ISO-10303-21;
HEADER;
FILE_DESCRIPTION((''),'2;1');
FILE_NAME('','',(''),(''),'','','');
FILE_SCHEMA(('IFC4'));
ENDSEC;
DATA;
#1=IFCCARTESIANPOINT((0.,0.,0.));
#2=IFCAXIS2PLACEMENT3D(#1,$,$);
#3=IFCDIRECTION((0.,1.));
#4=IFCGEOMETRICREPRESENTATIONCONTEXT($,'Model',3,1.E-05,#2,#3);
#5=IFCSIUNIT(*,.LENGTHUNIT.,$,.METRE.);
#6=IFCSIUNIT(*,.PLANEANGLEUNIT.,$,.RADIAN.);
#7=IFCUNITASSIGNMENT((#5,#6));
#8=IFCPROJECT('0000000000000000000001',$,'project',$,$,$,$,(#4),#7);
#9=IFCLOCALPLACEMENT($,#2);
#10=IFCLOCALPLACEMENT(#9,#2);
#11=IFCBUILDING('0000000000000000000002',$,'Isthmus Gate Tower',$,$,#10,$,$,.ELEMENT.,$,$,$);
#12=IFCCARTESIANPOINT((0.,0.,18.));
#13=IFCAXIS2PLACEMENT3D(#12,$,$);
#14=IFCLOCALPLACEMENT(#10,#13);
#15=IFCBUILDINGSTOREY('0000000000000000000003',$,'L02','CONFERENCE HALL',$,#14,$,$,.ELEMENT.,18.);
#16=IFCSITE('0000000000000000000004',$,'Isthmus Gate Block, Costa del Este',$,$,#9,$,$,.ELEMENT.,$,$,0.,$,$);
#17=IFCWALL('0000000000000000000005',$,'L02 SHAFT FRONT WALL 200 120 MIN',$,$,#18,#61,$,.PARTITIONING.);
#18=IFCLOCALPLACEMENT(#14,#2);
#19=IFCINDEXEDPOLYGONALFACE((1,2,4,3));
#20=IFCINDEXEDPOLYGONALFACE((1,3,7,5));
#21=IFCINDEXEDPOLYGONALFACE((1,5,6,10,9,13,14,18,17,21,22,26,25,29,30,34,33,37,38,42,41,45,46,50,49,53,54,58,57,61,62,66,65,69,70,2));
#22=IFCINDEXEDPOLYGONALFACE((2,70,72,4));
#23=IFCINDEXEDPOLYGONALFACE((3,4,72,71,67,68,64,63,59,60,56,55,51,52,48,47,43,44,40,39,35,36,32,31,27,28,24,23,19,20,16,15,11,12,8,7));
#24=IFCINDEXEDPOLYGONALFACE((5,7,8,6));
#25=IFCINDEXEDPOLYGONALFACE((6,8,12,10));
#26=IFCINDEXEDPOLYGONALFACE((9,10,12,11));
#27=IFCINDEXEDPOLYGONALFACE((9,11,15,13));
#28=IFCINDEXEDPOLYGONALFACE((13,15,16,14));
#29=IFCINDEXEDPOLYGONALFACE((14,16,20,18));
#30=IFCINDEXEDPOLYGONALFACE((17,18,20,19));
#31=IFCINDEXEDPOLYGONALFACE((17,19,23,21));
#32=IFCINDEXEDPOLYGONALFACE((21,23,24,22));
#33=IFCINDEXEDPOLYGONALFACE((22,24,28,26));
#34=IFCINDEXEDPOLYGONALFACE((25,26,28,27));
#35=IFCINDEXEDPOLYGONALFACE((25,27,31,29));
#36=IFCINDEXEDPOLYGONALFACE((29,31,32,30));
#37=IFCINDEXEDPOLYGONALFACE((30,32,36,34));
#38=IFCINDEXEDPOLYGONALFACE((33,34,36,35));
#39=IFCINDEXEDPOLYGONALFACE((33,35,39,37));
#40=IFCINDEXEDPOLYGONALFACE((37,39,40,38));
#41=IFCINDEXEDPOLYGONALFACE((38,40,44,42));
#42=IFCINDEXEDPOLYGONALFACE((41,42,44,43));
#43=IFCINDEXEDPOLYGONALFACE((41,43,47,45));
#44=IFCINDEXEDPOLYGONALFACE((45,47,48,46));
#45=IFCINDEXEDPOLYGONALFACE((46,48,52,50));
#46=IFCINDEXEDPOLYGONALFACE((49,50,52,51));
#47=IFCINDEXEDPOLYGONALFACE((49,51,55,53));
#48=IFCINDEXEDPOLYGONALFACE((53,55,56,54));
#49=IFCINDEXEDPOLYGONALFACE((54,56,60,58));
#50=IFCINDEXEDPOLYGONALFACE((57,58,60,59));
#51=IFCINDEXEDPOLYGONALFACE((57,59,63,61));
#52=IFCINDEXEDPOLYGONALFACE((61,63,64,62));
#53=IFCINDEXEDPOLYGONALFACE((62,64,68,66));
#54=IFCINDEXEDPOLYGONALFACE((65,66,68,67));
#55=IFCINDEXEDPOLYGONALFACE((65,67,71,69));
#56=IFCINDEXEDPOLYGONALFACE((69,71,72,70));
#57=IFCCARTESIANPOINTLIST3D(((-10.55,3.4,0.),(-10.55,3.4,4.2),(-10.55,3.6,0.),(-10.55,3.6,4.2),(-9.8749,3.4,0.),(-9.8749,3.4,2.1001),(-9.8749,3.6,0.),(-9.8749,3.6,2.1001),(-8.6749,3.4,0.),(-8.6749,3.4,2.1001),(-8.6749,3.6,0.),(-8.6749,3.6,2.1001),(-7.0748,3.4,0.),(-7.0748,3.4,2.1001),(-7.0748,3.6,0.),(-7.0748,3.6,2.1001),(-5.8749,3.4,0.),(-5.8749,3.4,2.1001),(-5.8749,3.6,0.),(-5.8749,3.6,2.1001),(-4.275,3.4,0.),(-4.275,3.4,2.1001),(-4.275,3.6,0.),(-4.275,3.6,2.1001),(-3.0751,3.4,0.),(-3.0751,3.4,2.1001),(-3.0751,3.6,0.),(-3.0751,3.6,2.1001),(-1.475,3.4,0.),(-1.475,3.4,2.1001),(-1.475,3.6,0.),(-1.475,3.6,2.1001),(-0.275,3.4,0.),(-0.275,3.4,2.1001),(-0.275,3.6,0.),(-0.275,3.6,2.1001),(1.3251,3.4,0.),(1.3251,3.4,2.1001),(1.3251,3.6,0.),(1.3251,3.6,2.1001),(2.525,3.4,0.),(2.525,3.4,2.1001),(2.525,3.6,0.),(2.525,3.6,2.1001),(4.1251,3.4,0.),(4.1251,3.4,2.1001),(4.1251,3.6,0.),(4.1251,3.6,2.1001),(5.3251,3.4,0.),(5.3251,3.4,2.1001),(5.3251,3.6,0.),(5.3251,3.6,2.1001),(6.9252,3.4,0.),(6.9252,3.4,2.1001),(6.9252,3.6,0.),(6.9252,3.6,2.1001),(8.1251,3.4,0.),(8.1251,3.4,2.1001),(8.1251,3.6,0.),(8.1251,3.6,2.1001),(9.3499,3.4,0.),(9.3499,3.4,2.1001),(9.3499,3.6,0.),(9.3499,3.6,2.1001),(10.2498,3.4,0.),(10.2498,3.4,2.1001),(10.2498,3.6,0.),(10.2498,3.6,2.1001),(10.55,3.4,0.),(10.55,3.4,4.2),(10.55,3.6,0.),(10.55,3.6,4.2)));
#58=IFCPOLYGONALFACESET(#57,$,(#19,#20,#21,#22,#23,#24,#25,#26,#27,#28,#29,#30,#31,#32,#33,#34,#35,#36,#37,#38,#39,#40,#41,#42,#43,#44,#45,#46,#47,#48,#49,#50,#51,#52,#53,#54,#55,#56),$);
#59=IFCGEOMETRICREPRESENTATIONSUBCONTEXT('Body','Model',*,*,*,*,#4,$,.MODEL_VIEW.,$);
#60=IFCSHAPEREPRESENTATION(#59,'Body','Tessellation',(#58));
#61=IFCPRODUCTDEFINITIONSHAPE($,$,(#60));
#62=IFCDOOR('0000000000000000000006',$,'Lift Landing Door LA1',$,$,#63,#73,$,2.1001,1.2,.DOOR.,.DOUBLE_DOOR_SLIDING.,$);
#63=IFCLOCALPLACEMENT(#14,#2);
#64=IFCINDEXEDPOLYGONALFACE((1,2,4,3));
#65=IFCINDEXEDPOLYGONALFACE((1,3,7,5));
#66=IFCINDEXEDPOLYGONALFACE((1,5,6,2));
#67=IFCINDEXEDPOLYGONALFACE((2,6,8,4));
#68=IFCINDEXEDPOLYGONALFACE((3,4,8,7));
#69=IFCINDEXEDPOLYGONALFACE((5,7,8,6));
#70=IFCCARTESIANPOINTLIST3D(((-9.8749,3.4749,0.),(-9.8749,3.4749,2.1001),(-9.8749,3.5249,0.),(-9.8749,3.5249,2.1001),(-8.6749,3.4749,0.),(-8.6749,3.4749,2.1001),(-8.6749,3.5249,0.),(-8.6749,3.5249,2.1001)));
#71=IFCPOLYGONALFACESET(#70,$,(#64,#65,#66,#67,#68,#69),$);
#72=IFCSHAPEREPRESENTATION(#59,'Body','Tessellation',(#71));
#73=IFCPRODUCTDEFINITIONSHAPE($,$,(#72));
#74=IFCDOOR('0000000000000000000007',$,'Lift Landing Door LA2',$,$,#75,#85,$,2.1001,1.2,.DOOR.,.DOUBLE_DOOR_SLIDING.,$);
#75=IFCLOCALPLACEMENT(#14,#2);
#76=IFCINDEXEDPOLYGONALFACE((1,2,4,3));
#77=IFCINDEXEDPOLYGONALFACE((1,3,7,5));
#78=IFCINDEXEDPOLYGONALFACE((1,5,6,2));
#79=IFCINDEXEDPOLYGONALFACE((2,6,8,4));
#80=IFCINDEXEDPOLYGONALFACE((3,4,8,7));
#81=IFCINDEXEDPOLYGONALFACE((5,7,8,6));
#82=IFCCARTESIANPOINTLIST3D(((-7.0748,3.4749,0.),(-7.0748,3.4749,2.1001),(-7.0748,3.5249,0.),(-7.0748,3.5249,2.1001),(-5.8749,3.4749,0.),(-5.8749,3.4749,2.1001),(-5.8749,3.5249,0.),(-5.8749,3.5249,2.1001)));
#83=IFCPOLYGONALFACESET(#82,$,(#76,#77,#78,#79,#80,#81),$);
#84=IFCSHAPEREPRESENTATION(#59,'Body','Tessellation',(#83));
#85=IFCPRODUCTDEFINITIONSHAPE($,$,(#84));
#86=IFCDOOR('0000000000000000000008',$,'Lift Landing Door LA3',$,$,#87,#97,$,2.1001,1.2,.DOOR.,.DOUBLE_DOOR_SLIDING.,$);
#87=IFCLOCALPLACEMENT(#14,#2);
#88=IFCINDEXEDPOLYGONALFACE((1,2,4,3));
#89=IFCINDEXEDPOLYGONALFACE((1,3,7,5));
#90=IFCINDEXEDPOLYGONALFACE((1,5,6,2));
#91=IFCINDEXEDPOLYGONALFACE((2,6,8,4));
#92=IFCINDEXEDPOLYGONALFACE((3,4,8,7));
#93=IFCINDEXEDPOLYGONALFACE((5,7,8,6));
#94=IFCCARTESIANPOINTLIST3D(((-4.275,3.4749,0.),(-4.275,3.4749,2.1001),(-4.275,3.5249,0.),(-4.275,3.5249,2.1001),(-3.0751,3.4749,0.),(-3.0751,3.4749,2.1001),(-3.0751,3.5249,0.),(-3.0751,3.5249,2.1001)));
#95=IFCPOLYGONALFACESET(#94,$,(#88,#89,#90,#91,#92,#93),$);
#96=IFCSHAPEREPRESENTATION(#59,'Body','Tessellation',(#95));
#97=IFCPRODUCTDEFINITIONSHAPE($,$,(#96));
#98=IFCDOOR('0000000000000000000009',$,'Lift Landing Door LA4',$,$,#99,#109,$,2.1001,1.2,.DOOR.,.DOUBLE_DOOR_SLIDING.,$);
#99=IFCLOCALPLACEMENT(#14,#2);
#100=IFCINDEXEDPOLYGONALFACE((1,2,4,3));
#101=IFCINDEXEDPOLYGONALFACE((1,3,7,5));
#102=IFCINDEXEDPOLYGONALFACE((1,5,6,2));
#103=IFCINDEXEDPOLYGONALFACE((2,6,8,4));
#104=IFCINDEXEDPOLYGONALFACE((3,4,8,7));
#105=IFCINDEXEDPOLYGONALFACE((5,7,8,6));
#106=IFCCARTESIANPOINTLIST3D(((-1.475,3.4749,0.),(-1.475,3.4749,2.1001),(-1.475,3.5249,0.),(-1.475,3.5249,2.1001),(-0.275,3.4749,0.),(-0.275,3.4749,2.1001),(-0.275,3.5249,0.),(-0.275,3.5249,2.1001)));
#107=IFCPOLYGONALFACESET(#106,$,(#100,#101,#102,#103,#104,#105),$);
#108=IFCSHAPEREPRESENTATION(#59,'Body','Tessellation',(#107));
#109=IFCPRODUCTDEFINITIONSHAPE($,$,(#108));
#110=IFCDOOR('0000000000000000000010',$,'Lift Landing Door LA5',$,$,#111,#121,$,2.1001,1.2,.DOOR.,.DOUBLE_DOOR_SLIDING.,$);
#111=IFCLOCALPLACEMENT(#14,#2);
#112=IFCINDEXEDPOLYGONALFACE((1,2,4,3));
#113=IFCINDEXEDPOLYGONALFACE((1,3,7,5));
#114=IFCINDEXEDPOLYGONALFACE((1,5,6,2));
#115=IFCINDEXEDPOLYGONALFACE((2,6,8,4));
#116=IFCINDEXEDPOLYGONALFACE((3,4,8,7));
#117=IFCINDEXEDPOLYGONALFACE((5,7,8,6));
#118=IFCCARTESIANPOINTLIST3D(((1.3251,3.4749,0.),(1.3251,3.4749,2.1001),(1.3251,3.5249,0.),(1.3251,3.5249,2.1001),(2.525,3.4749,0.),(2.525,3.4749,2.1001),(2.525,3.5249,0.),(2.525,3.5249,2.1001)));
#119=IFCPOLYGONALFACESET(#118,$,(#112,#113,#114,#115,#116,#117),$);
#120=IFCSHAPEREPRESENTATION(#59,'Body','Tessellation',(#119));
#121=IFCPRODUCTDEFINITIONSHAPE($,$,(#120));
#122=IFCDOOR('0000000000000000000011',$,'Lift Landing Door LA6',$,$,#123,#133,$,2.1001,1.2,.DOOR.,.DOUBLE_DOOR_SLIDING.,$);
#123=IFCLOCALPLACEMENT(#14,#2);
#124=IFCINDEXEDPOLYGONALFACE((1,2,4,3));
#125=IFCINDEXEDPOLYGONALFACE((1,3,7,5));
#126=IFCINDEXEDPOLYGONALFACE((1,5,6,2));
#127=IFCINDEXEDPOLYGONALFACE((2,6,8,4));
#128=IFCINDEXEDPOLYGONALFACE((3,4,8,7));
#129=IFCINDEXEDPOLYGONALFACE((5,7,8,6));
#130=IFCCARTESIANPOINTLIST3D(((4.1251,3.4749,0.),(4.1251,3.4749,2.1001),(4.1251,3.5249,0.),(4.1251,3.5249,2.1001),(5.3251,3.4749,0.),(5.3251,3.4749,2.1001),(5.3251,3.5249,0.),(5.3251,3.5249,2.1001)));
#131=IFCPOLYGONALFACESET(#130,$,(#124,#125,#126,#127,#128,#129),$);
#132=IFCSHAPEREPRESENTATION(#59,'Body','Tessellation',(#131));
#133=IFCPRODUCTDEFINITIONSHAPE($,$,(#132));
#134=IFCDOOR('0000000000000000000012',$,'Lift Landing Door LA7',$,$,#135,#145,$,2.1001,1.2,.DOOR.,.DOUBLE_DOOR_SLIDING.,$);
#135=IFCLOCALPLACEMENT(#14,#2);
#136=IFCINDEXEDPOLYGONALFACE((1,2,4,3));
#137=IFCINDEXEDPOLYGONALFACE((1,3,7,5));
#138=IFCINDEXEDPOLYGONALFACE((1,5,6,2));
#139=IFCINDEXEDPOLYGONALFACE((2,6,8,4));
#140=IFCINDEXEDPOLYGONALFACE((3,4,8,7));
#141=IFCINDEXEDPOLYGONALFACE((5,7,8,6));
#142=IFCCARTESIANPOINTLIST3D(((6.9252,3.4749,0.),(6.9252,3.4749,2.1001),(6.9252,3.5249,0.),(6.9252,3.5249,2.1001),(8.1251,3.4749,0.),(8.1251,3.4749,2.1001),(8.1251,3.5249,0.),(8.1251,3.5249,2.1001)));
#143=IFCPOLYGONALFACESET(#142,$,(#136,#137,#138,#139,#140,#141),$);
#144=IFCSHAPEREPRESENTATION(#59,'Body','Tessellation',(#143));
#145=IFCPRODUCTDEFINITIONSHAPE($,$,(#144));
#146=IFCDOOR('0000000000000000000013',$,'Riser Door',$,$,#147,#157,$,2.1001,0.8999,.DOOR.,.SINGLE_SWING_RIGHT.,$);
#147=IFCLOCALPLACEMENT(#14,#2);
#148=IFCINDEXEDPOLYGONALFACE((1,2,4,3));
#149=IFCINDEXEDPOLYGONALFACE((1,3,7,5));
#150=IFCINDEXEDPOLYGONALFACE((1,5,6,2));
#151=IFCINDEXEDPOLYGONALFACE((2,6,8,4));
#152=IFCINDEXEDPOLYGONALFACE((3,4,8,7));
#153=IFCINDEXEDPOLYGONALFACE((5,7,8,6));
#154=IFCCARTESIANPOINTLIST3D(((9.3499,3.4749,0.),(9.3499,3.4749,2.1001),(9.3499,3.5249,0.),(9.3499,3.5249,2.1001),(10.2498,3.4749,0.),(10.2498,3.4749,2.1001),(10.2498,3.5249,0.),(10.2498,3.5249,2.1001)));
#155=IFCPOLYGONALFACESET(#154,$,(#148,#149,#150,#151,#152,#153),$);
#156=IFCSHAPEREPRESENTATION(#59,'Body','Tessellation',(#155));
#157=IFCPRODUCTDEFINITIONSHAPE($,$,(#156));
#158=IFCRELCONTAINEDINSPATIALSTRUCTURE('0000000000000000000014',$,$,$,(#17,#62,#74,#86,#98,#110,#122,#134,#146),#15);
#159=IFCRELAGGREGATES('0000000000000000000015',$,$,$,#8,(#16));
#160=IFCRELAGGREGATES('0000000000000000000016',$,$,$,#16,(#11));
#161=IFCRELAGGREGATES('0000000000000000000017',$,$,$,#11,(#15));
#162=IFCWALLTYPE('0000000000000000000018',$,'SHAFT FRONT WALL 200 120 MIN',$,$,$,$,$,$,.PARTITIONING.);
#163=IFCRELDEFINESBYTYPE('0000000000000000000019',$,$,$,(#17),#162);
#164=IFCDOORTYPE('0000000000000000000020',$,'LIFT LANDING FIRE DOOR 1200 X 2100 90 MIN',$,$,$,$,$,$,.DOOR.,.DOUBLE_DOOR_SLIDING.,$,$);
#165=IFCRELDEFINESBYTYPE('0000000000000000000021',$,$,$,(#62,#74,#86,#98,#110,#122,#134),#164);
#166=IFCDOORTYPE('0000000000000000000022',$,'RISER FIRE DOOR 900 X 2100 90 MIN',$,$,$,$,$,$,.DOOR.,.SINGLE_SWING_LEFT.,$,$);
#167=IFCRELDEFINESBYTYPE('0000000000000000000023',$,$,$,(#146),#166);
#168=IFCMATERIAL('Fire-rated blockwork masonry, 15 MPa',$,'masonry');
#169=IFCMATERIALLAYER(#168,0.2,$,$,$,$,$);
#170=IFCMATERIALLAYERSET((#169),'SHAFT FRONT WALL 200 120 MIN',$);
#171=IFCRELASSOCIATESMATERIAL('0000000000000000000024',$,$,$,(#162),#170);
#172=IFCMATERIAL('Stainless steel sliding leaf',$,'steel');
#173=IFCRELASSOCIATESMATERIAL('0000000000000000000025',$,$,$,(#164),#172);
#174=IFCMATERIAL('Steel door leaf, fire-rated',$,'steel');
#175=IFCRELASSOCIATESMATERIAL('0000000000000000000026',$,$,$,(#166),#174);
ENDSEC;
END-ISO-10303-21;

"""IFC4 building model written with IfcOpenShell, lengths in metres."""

from ifc_helpers import new_model, si_unit, direction, frame, frame_2d, origin, place, context, subcontext, project, spatial, rectangle, extrude, material, layer, layer_set, type_object, element, fill, save


model = new_model("IFC4")

# Units and contexts
model_context = context("Model", 3, precision=1e-05, world=origin(), true_north=direction((0.0, 1.0)))
body_context = subcontext(model_context, "Body", "Model", "MODEL_VIEW")
ifc_project = project(units=[si_unit("LENGTHUNIT", "METRE"), si_unit("PLANEANGLEUNIT", "RADIAN")], contexts=[model_context])

# Site, building, storey
site_placement = place(None, origin())
site = spatial("IfcSite", under=ifc_project, at=site_placement, Name="Isthmus Gate Block, Costa del Este", CompositionType="ELEMENT", RefElevation=0.0)
building_placement = place(site_placement, origin())
building = spatial("IfcBuilding", under=site, at=building_placement, Name="Isthmus Gate Tower", CompositionType="ELEMENT")
storey_placement = place(building_placement, frame((0.0, 0.0, 18.0)))
storey = spatial("IfcBuildingStorey", under=building, at=storey_placement, Name="L02", Description="CONFERENCE HALL", CompositionType="ELEMENT", Elevation=18.0)

# Wall, openings, doors
ifc_material_1 = material(Name="Fire-rated blockwork masonry, 15 MPa", Category="masonry")
ifc_layer_1 = layer(ifc_material_1, 0.2)
ifc_layer_set_1 = layer_set([ifc_layer_1], Name="SHAFT FRONT WALL 200 120 MIN")
wall_type_1 = type_object("IfcWallType", Name="SHAFT FRONT WALL 200 120 MIN", PredefinedType="PARTITIONING", material=ifc_layer_set_1)
wall_1_placement = place(storey_placement, frame((-10.55, 3.5, 0.0), z_axis=(0.0, 0.0, 1.0), x_axis=(1.0, 0.0, 0.0)))
wall_1 = element("IfcWall", 1, at=wall_1_placement, inside=storey, type_object=wall_type_1, Name="L02 SHAFT FRONT WALL 200 120 MIN", PredefinedType="PARTITIONING", context=body_context, shape_type="SweptSolid", body=[
    extrude(rectangle(XDim=21.1001, YDim=0.2, at=frame_2d((10.55, 0.0))), origin(), (0.0, 0.0, 1.0), 4.2),
])
opening_1_placement = place(wall_1_placement, frame((0.675, 0.0, 0.0)))
opening_1 = element("IfcOpeningElement", 2, at=opening_1_placement, cuts=wall_1, PredefinedType="OPENING", context=body_context, shape_type="SweptSolid", body=[
    extrude(rectangle(XDim=1.2, YDim=2.1001, at=frame_2d((0.6001, 1.05))), frame((0.0, 0.1099, 0.0), z_axis=(0.0, -1.0, 0.0), x_axis=(1.0, 0.0, 0.0)), (0.0, 0.0, 1.0), 0.22),
])
opening_2_placement = place(wall_1_placement, frame((3.4751, 0.0, 0.0)))
opening_2 = element("IfcOpeningElement", 3, at=opening_2_placement, cuts=wall_1, PredefinedType="OPENING", context=body_context, shape_type="SweptSolid", body=[
    extrude(rectangle(XDim=1.2, YDim=2.1001, at=frame_2d((0.6001, 1.05))), frame((0.0, 0.1099, 0.0), z_axis=(0.0, -1.0, 0.0), x_axis=(1.0, 0.0, 0.0)), (0.0, 0.0, 1.0), 0.22),
])
opening_3_placement = place(wall_1_placement, frame((6.2749, 0.0, 0.0)))
opening_3 = element("IfcOpeningElement", 4, at=opening_3_placement, cuts=wall_1, PredefinedType="OPENING", context=body_context, shape_type="SweptSolid", body=[
    extrude(rectangle(XDim=1.2, YDim=2.1001, at=frame_2d((0.6001, 1.05))), frame((0.0, 0.1099, 0.0), z_axis=(0.0, -1.0, 0.0), x_axis=(1.0, 0.0, 0.0)), (0.0, 0.0, 1.0), 0.22),
])
opening_4_placement = place(wall_1_placement, frame((9.075, 0.0, 0.0)))
opening_4 = element("IfcOpeningElement", 5, at=opening_4_placement, cuts=wall_1, PredefinedType="OPENING", context=body_context, shape_type="SweptSolid", body=[
    extrude(rectangle(XDim=1.2, YDim=2.1001, at=frame_2d((0.6001, 1.05))), frame((0.0, 0.1099, 0.0), z_axis=(0.0, -1.0, 0.0), x_axis=(1.0, 0.0, 0.0)), (0.0, 0.0, 1.0), 0.22),
])
opening_5_placement = place(wall_1_placement, frame((11.875, 0.0, 0.0)))
opening_5 = element("IfcOpeningElement", 6, at=opening_5_placement, cuts=wall_1, PredefinedType="OPENING", context=body_context, shape_type="SweptSolid", body=[
    extrude(rectangle(XDim=1.2, YDim=2.1001, at=frame_2d((0.6001, 1.05))), frame((0.0, 0.1099, 0.0), z_axis=(0.0, -1.0, 0.0), x_axis=(1.0, 0.0, 0.0)), (0.0, 0.0, 1.0), 0.22),
])
opening_6_placement = place(wall_1_placement, frame((14.675, 0.0, 0.0)))
opening_6 = element("IfcOpeningElement", 7, at=opening_6_placement, cuts=wall_1, PredefinedType="OPENING", context=body_context, shape_type="SweptSolid", body=[
    extrude(rectangle(XDim=1.2, YDim=2.1001, at=frame_2d((0.6001, 1.05))), frame((0.0, 0.1099, 0.0), z_axis=(0.0, -1.0, 0.0), x_axis=(1.0, 0.0, 0.0)), (0.0, 0.0, 1.0), 0.22),
])
opening_7_placement = place(wall_1_placement, frame((17.4751, 0.0, 0.0)))
opening_7 = element("IfcOpeningElement", 8, at=opening_7_placement, cuts=wall_1, PredefinedType="OPENING", context=body_context, shape_type="SweptSolid", body=[
    extrude(rectangle(XDim=1.2, YDim=2.1001, at=frame_2d((0.6001, 1.05))), frame((0.0, 0.1099, 0.0), z_axis=(0.0, -1.0, 0.0), x_axis=(1.0, 0.0, 0.0)), (0.0, 0.0, 1.0), 0.22),
])
opening_8_placement = place(wall_1_placement, frame((19.8999, 0.0, 0.0)))
opening_8 = element("IfcOpeningElement", 9, at=opening_8_placement, cuts=wall_1, PredefinedType="OPENING", context=body_context, shape_type="SweptSolid", body=[
    extrude(rectangle(XDim=0.8999, YDim=2.1001, at=frame_2d((0.45, 1.05))), frame((0.0, 0.1099, 0.0), z_axis=(0.0, -1.0, 0.0), x_axis=(1.0, 0.0, 0.0)), (0.0, 0.0, 1.0), 0.22),
])
ifc_material_2 = material(Name="Stainless steel sliding leaf", Category="steel")
door_type_1 = type_object("IfcDoorType", Name="LIFT LANDING FIRE DOOR 1200 X 2100 90 MIN", OperationType="DOUBLE_DOOR_SLIDING", PredefinedType="DOOR", material=ifc_material_2)
door_1_placement = place(opening_1_placement, origin())
door_1 = element("IfcDoor", 10, at=door_1_placement, inside=storey, type_object=door_type_1, Name="Lift Landing Door LA1", OperationType="DOUBLE_DOOR_SLIDING", OverallHeight=2.1001, OverallWidth=1.2, PredefinedType="DOOR", context=body_context, shape_type="SweptSolid", body=[
    extrude(rectangle(XDim=1.2, YDim=2.1001, at=frame_2d((0.6001, 1.05))), frame((0.0, 0.0249, 0.0), z_axis=(0.0, -1.0, 0.0), x_axis=(1.0, 0.0, 0.0)), (0.0, 0.0, 1.0), 0.05),
])
fill(opening_1, door_1)
door_2_placement = place(opening_2_placement, origin())
door_2 = element("IfcDoor", 11, at=door_2_placement, inside=storey, type_object=door_type_1, Name="Lift Landing Door LA2", OperationType="DOUBLE_DOOR_SLIDING", OverallHeight=2.1001, OverallWidth=1.2, PredefinedType="DOOR", context=body_context, shape_type="SweptSolid", body=[
    extrude(rectangle(XDim=1.2, YDim=2.1001, at=frame_2d((0.6001, 1.05))), frame((0.0, 0.0249, 0.0), z_axis=(0.0, -1.0, 0.0), x_axis=(1.0, 0.0, 0.0)), (0.0, 0.0, 1.0), 0.05),
])
fill(opening_2, door_2)
door_3_placement = place(opening_3_placement, origin())
door_3 = element("IfcDoor", 12, at=door_3_placement, inside=storey, type_object=door_type_1, Name="Lift Landing Door LA3", OperationType="DOUBLE_DOOR_SLIDING", OverallHeight=2.1001, OverallWidth=1.2, PredefinedType="DOOR", context=body_context, shape_type="SweptSolid", body=[
    extrude(rectangle(XDim=1.2, YDim=2.1001, at=frame_2d((0.6001, 1.05))), frame((0.0, 0.0249, 0.0), z_axis=(0.0, -1.0, 0.0), x_axis=(1.0, 0.0, 0.0)), (0.0, 0.0, 1.0), 0.05),
])
fill(opening_3, door_3)
door_4_placement = place(opening_4_placement, origin())
door_4 = element("IfcDoor", 13, at=door_4_placement, inside=storey, type_object=door_type_1, Name="Lift Landing Door LA4", OperationType="DOUBLE_DOOR_SLIDING", OverallHeight=2.1001, OverallWidth=1.2, PredefinedType="DOOR", context=body_context, shape_type="SweptSolid", body=[
    extrude(rectangle(XDim=1.2, YDim=2.1001, at=frame_2d((0.6001, 1.05))), frame((0.0, 0.0249, 0.0), z_axis=(0.0, -1.0, 0.0), x_axis=(1.0, 0.0, 0.0)), (0.0, 0.0, 1.0), 0.05),
])
fill(opening_4, door_4)
door_5_placement = place(opening_5_placement, origin())
door_5 = element("IfcDoor", 14, at=door_5_placement, inside=storey, type_object=door_type_1, Name="Lift Landing Door LA5", OperationType="DOUBLE_DOOR_SLIDING", OverallHeight=2.1001, OverallWidth=1.2, PredefinedType="DOOR", context=body_context, shape_type="SweptSolid", body=[
    extrude(rectangle(XDim=1.2, YDim=2.1001, at=frame_2d((0.6001, 1.05))), frame((0.0, 0.0249, 0.0), z_axis=(0.0, -1.0, 0.0), x_axis=(1.0, 0.0, 0.0)), (0.0, 0.0, 1.0), 0.05),
])
fill(opening_5, door_5)
door_6_placement = place(opening_6_placement, origin())
door_6 = element("IfcDoor", 15, at=door_6_placement, inside=storey, type_object=door_type_1, Name="Lift Landing Door LA6", OperationType="DOUBLE_DOOR_SLIDING", OverallHeight=2.1001, OverallWidth=1.2, PredefinedType="DOOR", context=body_context, shape_type="SweptSolid", body=[
    extrude(rectangle(XDim=1.2, YDim=2.1001, at=frame_2d((0.6001, 1.05))), frame((0.0, 0.0249, 0.0), z_axis=(0.0, -1.0, 0.0), x_axis=(1.0, 0.0, 0.0)), (0.0, 0.0, 1.0), 0.05),
])
fill(opening_6, door_6)
door_7_placement = place(opening_7_placement, origin())
door_7 = element("IfcDoor", 16, at=door_7_placement, inside=storey, type_object=door_type_1, Name="Lift Landing Door LA7", OperationType="DOUBLE_DOOR_SLIDING", OverallHeight=2.1001, OverallWidth=1.2, PredefinedType="DOOR", context=body_context, shape_type="SweptSolid", body=[
    extrude(rectangle(XDim=1.2, YDim=2.1001, at=frame_2d((0.6001, 1.05))), frame((0.0, 0.0249, 0.0), z_axis=(0.0, -1.0, 0.0), x_axis=(1.0, 0.0, 0.0)), (0.0, 0.0, 1.0), 0.05),
])
fill(opening_7, door_7)
ifc_material_3 = material(Name="Steel door leaf, fire-rated", Category="steel")
door_type_2 = type_object("IfcDoorType", Name="RISER FIRE DOOR 900 X 2100 90 MIN", OperationType="SINGLE_SWING_LEFT", PredefinedType="DOOR", material=ifc_material_3)
door_8_placement = place(opening_8_placement, origin())
door_8 = element("IfcDoor", 17, at=door_8_placement, inside=storey, type_object=door_type_2, Name="Riser Door", OperationType="SINGLE_SWING_RIGHT", OverallHeight=2.1001, OverallWidth=0.8999, PredefinedType="DOOR", context=body_context, shape_type="SweptSolid", body=[
    extrude(rectangle(XDim=0.8999, YDim=2.1001, at=frame_2d((0.45, 1.05))), frame((0.0, 0.0249, 0.0), z_axis=(0.0, -1.0, 0.0), x_axis=(1.0, 0.0, 0.0)), (0.0, 0.0, 1.0), 0.05),
])
fill(opening_8, door_8)

save(model, "model.ifc")
